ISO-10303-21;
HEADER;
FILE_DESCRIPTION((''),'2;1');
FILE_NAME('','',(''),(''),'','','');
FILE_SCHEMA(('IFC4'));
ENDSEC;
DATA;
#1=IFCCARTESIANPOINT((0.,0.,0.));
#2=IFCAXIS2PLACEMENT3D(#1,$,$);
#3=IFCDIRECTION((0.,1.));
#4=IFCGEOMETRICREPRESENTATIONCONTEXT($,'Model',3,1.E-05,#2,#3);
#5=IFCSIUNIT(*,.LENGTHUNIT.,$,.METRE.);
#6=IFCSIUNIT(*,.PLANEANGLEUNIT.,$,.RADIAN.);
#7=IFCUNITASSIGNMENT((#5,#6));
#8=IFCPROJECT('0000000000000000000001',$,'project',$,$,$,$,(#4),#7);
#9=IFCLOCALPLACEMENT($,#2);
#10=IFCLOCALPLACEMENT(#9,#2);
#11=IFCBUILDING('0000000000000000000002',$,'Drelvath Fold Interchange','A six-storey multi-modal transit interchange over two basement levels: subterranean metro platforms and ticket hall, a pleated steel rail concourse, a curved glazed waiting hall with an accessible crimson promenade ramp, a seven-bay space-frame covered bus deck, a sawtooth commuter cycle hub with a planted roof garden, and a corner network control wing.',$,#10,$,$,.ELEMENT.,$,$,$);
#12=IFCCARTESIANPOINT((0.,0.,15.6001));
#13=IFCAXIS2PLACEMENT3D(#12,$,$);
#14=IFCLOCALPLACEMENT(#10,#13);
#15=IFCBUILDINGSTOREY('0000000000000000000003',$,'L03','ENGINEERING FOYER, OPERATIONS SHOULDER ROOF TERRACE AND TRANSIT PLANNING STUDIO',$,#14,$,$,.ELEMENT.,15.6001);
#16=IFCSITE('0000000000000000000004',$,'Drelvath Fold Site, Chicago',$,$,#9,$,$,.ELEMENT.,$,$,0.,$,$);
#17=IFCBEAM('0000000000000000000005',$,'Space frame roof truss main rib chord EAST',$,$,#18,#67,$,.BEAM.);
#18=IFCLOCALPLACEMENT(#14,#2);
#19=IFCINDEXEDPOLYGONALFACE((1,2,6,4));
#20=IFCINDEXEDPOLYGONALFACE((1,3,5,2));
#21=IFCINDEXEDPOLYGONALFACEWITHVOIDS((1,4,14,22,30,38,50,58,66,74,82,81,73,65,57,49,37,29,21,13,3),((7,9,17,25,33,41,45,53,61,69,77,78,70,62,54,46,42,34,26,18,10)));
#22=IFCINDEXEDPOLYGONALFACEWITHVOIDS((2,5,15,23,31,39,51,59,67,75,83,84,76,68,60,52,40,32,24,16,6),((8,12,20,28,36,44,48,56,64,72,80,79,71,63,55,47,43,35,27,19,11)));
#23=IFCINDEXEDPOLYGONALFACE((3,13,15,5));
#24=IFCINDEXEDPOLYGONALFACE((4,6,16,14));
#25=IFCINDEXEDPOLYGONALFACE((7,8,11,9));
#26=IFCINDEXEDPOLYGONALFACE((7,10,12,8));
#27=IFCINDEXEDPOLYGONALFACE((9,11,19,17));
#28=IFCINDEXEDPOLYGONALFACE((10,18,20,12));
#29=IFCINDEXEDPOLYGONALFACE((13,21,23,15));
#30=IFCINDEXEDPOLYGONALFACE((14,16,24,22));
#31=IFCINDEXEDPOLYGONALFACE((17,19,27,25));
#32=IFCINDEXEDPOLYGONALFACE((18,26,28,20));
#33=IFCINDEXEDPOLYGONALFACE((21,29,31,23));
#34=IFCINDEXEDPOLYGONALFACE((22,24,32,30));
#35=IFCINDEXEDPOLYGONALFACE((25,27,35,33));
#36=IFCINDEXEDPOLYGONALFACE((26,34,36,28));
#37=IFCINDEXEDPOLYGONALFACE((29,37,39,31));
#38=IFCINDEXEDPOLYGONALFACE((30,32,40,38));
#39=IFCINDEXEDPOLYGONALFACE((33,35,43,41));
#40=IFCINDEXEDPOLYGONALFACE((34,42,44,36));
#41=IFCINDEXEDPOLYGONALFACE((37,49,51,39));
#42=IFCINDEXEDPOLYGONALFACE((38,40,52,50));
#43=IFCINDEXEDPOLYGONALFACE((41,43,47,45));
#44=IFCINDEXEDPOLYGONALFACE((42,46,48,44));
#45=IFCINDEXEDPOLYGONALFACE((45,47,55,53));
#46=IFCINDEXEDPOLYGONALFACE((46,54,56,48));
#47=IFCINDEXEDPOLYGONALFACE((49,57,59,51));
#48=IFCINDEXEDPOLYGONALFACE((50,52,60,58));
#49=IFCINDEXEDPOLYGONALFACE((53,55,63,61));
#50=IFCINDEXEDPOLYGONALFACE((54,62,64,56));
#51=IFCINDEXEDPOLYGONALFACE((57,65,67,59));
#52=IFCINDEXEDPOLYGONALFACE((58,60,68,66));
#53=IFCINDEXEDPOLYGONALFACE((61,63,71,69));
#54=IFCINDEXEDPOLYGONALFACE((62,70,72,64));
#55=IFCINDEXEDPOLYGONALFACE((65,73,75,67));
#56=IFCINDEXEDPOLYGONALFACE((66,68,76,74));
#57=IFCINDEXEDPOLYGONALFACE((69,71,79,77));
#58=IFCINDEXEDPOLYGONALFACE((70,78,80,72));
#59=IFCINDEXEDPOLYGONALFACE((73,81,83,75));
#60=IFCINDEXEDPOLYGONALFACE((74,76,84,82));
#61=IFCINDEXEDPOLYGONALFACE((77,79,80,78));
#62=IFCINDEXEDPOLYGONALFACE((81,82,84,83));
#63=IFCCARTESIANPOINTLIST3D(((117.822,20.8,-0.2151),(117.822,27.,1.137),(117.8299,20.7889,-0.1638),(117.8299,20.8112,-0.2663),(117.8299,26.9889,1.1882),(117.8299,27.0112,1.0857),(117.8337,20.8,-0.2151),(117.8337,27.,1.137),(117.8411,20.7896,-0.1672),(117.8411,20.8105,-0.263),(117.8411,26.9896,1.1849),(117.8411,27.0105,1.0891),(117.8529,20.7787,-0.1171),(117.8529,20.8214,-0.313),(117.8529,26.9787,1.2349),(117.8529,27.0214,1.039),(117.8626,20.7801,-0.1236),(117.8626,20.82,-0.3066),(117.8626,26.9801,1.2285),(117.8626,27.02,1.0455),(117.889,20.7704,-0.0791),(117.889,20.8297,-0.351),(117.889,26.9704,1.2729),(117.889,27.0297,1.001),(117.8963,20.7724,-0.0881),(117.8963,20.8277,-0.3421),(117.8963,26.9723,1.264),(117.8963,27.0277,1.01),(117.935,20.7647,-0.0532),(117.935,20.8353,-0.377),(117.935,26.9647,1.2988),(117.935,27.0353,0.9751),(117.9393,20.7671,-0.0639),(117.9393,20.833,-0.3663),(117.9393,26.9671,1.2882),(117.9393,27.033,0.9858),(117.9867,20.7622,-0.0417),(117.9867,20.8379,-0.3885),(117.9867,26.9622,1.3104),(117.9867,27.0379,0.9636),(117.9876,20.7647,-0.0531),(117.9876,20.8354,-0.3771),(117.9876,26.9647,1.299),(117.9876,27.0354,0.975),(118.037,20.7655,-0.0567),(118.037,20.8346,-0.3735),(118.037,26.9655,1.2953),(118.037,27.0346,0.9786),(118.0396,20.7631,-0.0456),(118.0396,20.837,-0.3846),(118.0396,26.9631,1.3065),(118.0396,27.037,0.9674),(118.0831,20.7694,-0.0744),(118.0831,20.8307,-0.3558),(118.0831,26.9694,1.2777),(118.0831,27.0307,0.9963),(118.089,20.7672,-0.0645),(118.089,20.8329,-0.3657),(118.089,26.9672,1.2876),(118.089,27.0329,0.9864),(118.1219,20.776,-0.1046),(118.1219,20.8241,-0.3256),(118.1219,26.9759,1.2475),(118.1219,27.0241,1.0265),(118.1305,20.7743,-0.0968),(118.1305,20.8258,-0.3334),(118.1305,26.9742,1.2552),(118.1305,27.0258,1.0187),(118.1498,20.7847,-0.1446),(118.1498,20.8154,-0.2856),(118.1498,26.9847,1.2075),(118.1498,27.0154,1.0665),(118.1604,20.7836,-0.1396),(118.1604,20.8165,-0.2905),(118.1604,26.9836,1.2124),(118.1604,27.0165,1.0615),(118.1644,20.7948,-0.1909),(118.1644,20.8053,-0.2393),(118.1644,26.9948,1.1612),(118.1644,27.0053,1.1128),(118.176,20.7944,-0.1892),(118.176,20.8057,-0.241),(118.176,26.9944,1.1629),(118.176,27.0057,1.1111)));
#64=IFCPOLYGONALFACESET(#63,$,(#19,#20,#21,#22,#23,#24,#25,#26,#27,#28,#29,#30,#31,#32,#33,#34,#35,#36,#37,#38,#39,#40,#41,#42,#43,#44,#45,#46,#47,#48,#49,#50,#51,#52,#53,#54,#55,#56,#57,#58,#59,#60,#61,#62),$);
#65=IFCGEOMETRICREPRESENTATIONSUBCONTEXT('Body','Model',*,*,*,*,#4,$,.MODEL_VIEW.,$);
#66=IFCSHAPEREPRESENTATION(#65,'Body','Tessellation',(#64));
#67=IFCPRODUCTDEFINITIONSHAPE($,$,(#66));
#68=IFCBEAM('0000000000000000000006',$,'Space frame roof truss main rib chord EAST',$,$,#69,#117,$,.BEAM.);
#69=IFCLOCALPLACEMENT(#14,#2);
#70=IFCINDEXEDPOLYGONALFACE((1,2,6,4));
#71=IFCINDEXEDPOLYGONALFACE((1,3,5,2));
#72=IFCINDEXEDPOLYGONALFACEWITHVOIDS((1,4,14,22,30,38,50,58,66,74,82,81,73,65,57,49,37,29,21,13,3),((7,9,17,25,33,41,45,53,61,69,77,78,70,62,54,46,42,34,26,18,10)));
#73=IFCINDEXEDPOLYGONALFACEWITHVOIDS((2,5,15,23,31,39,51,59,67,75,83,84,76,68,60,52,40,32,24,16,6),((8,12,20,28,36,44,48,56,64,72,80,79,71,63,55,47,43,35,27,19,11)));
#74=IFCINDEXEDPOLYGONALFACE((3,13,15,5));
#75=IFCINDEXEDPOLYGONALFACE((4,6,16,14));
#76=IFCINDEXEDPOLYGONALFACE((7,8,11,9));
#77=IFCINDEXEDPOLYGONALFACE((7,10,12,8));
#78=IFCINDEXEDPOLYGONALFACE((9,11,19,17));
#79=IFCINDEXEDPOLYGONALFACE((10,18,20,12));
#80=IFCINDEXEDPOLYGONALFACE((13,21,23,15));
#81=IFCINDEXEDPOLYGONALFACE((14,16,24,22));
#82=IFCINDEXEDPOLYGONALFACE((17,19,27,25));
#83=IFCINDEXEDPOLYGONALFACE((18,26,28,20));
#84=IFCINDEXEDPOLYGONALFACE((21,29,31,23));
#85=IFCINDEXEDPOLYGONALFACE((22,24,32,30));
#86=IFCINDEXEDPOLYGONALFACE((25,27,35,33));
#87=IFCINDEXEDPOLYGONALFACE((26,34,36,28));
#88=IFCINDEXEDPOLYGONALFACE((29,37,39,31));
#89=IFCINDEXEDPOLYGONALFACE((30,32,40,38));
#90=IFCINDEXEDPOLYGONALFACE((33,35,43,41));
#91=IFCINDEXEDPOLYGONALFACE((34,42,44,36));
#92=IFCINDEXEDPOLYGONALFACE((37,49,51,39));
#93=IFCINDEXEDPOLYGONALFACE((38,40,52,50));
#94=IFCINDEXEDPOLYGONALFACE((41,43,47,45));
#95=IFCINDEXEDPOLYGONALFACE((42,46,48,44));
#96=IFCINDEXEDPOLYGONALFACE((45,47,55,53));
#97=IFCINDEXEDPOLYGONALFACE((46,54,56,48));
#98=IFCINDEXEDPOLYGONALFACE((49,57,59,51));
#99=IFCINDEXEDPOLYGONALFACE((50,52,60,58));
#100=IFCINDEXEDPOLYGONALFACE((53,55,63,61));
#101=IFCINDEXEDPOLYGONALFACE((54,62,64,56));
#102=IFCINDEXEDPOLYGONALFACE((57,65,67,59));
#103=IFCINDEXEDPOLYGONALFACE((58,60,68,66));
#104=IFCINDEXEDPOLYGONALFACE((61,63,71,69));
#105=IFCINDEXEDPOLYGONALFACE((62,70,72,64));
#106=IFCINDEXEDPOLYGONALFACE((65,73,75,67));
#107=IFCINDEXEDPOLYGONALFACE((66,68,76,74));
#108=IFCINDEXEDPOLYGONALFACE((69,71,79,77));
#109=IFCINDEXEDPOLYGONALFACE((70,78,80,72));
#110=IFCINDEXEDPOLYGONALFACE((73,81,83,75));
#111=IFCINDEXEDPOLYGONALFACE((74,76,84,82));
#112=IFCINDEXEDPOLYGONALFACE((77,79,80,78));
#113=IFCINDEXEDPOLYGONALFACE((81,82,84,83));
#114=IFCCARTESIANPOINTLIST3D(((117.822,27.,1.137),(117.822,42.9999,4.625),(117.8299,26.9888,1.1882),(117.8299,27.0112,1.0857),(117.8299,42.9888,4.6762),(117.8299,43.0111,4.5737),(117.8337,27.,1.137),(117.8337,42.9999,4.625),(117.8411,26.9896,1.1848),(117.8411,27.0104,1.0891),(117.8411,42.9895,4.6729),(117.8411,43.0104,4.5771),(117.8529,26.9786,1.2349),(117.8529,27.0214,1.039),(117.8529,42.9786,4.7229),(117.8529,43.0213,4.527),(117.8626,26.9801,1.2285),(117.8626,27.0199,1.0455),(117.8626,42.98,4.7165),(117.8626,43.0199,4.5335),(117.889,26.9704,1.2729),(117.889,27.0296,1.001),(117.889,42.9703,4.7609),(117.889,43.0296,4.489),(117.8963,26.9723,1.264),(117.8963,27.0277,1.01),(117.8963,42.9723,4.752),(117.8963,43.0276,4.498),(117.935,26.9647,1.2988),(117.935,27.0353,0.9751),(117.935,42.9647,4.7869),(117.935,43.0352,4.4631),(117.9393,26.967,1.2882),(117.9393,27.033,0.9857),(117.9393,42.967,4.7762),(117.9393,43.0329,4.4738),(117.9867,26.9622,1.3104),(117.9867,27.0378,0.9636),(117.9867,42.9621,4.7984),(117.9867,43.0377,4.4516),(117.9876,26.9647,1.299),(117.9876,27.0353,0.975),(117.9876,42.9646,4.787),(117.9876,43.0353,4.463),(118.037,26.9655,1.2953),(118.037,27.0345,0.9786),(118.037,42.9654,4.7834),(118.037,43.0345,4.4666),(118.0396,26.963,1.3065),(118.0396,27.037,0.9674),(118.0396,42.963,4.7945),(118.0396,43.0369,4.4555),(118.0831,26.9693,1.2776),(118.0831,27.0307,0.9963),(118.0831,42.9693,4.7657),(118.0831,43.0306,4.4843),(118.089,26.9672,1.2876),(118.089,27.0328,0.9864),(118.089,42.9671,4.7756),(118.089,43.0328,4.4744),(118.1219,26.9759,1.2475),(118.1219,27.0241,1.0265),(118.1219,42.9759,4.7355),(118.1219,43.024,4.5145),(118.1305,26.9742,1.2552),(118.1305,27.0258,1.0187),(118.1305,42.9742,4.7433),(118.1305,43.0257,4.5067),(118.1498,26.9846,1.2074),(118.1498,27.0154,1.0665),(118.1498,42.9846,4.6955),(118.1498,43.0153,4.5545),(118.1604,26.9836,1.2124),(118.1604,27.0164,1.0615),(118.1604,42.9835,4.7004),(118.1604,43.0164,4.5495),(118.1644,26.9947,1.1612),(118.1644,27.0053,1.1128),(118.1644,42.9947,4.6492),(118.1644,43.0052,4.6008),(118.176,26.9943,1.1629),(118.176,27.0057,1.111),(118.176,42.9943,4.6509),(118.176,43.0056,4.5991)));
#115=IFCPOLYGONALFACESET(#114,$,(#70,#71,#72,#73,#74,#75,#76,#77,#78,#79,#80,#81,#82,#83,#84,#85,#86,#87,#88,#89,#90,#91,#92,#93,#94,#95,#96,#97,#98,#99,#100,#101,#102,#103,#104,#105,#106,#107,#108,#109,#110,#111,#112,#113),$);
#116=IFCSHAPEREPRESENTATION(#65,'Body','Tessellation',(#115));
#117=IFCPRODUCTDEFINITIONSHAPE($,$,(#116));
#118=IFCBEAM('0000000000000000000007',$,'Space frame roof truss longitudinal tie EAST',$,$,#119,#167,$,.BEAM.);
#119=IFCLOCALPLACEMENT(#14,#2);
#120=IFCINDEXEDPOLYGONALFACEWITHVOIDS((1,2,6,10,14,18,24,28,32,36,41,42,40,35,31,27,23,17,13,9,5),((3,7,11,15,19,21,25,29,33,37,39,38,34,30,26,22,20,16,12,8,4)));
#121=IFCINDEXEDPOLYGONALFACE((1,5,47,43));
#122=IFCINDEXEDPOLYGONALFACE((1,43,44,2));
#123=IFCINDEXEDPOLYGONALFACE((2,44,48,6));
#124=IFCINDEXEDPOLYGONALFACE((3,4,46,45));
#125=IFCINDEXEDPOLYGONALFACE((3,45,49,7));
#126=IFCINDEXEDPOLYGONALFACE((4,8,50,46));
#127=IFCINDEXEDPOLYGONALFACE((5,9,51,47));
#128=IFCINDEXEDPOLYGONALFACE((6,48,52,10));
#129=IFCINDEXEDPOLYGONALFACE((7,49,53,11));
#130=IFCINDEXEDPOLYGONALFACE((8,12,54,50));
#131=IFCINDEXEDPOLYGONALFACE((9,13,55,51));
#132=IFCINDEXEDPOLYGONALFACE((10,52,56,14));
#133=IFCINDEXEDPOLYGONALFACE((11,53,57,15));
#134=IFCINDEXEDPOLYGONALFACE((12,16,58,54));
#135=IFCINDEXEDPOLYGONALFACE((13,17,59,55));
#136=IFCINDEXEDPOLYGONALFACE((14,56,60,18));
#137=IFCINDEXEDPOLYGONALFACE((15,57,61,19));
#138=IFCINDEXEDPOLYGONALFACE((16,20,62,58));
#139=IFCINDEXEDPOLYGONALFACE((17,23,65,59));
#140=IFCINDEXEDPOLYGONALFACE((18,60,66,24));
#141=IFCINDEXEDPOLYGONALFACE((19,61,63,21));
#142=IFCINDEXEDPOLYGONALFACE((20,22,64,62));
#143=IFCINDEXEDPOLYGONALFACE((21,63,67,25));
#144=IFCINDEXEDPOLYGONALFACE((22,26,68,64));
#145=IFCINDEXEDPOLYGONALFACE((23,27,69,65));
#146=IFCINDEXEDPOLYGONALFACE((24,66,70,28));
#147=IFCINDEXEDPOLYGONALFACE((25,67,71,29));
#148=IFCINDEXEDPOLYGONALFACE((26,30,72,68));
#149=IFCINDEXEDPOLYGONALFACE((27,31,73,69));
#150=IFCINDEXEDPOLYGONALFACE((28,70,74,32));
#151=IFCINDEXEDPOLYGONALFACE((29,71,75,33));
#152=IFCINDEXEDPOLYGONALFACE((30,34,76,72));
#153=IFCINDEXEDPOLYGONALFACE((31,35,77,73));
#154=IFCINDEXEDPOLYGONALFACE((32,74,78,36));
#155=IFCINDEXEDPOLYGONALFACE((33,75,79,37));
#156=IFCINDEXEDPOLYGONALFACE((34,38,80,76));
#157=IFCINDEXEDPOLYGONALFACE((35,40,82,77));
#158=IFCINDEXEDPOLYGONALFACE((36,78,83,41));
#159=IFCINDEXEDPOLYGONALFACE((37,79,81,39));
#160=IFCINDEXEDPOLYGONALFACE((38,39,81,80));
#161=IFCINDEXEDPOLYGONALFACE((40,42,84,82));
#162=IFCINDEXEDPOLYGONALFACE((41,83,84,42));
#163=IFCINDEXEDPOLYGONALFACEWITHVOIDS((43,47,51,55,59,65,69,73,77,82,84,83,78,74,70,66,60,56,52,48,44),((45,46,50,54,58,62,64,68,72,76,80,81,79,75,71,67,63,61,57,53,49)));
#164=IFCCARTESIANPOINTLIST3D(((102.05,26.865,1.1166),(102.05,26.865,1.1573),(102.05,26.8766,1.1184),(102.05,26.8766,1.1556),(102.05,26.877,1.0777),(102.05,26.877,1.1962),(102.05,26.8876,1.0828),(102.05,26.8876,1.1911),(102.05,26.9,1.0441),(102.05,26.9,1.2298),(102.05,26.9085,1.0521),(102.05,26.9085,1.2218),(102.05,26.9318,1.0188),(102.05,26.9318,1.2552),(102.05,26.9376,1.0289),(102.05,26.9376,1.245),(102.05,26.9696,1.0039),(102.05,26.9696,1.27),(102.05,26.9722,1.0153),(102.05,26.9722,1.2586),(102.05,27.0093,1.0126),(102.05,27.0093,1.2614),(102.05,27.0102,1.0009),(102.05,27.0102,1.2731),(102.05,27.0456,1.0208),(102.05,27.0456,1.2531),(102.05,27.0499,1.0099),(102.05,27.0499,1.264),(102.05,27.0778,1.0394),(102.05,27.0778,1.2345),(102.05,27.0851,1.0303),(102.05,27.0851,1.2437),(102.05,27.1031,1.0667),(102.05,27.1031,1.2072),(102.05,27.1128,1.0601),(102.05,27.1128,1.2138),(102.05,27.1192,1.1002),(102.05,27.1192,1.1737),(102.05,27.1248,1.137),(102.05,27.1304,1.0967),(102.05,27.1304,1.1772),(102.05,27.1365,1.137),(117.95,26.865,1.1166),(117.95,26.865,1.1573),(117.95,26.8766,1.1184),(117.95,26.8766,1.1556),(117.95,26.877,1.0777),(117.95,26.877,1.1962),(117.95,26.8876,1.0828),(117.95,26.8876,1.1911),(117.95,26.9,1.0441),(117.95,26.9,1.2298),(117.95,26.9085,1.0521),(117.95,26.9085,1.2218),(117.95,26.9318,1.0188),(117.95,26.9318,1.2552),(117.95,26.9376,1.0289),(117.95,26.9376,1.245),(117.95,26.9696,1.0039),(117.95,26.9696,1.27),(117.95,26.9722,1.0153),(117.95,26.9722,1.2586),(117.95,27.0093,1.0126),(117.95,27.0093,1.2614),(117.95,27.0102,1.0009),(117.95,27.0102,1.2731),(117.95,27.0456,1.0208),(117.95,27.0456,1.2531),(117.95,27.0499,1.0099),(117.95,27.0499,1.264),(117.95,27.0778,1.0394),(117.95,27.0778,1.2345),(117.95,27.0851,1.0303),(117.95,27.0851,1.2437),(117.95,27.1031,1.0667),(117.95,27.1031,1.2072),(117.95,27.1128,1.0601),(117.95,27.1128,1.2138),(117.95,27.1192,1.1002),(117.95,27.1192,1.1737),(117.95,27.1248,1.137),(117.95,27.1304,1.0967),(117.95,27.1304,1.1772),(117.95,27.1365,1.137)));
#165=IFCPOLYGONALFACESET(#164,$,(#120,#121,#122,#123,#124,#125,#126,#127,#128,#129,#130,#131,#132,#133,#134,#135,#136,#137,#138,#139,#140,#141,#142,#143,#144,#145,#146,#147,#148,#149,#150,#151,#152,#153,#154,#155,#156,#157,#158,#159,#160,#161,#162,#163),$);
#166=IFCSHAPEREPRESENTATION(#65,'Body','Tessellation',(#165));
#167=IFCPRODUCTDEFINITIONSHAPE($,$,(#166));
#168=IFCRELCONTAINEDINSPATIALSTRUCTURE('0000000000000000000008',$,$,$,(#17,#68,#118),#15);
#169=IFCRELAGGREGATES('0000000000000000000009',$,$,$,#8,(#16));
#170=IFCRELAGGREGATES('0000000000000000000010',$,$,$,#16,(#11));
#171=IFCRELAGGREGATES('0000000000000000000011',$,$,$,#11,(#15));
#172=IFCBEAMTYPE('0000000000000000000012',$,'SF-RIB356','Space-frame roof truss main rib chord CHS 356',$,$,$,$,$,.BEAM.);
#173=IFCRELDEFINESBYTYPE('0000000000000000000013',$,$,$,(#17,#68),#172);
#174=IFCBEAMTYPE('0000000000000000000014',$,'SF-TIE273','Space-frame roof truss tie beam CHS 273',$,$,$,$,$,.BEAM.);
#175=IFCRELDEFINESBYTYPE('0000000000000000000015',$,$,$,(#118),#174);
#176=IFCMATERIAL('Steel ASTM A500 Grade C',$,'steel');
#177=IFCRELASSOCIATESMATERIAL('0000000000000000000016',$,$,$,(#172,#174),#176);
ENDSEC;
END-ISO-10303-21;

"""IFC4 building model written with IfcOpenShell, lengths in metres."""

from ifc_helpers import new_model, si_unit, direction, frame, origin, origin_2d, place, context, subcontext, project, spatial, hollow_circle, extrude, material, material_profile, profile_set, type_object, element, save


model = new_model("IFC4")

# Units and contexts
model_context = context("Model", 3, precision=1e-05, world=origin(), true_north=direction((0.0, 1.0)))
body_context = subcontext(model_context, "Body", "Model", "MODEL_VIEW")
ifc_project = project(units=[si_unit("LENGTHUNIT", "METRE"), si_unit("PLANEANGLEUNIT", "RADIAN")], contexts=[model_context])

# Site, building, storey
site_placement = place(None, origin())
site = spatial("IfcSite", under=ifc_project, at=site_placement, Name="Drelvath Fold Site, Chicago", CompositionType="ELEMENT", RefElevation=0.0)
building_placement = place(site_placement, origin())
building = spatial("IfcBuilding", under=site, at=building_placement, Name="Drelvath Fold Interchange", Description="A six-storey multi-modal transit interchange over two basement levels: subterranean metro platforms and ticket hall, a pleated steel rail concourse, a curved glazed waiting hall with an accessible crimson promenade ramp, a seven-bay space-frame covered bus deck, a sawtooth commuter cycle hub with a planted roof garden, and a corner network control wing.", CompositionType="ELEMENT")
storey_placement = place(building_placement, frame((0.0, 0.0, 15.6001)))
storey = spatial("IfcBuildingStorey", under=building, at=storey_placement, Name="L03", Description="ENGINEERING FOYER, OPERATIONS SHOULDER ROOF TERRACE AND TRANSIT PLANNING STUDIO", CompositionType="ELEMENT", Elevation=15.6001)

# Shared definitions
ifc_material_1 = material(Name="Steel ASTM A500 Grade C", Category="steel")

# Beams
ifc_material_profile_1 = material_profile(ifc_material_1, hollow_circle(Radius=0.178, WallThickness=0.0117, at=origin_2d()), Name="HSS14.000X0.500")
ifc_profile_set_1 = profile_set([ifc_material_profile_1], Name="Steel ASTM A500 Grade C")
beam_type_1 = type_object("IfcBeamType", Name="SF-RIB356", Description="Space-frame roof truss main rib chord CHS 356", PredefinedType="BEAM", material=ifc_profile_set_1)
beam_1_placement = place(storey_placement, frame((118.0, 20.8, -0.2151), z_axis=(0.0, 0.977038, 0.213067), x_axis=(-1.0, 0.0, 0.0)))
element("IfcBeam", 1, at=beam_1_placement, inside=storey, type_object=beam_type_1, Name="Space frame roof truss main rib chord EAST", PredefinedType="BEAM", context=body_context, shape_type="SweptSolid", body=[
    extrude(hollow_circle(Radius=0.178, WallThickness=0.0117, at=origin_2d()), origin(), (0.0, 0.0, 1.0), 6.3457),
])
beam_2_placement = place(storey_placement, frame((118.0, 27.0, 1.137), z_axis=(0.0, 0.977052, 0.213), x_axis=(-1.0, 0.0, 0.0)))
element("IfcBeam", 2, at=beam_2_placement, inside=storey, type_object=beam_type_1, Name="Space frame roof truss main rib chord EAST", PredefinedType="BEAM", context=body_context, shape_type="SweptSolid", body=[
    extrude(hollow_circle(Radius=0.178, WallThickness=0.0117, at=origin_2d()), origin(), (0.0, 0.0, 1.0), 16.3757),
])
ifc_material_profile_2 = material_profile(ifc_material_1, hollow_circle(Radius=0.1365, WallThickness=0.0117, at=origin_2d()), Name="HSS10.750X0.500")
ifc_profile_set_2 = profile_set([ifc_material_profile_2], Name="Steel ASTM A500 Grade C")
beam_type_2 = type_object("IfcBeamType", Name="SF-TIE273", Description="Space-frame roof truss tie beam CHS 273", PredefinedType="BEAM", material=ifc_profile_set_2)
beam_3_placement = place(storey_placement, frame((102.05, 27.0, 1.137), z_axis=(1.0, 0.0, 0.0), x_axis=(0.0, 1.0, 0.0)))
element("IfcBeam", 3, at=beam_3_placement, inside=storey, type_object=beam_type_2, Name="Space frame roof truss longitudinal tie EAST", PredefinedType="BEAM", context=body_context, shape_type="SweptSolid", body=[
    extrude(hollow_circle(Radius=0.1365, WallThickness=0.0117, at=origin_2d()), origin(), (0.0, 0.0, 1.0), 15.8999),
])

save(model, "model.ifc")
